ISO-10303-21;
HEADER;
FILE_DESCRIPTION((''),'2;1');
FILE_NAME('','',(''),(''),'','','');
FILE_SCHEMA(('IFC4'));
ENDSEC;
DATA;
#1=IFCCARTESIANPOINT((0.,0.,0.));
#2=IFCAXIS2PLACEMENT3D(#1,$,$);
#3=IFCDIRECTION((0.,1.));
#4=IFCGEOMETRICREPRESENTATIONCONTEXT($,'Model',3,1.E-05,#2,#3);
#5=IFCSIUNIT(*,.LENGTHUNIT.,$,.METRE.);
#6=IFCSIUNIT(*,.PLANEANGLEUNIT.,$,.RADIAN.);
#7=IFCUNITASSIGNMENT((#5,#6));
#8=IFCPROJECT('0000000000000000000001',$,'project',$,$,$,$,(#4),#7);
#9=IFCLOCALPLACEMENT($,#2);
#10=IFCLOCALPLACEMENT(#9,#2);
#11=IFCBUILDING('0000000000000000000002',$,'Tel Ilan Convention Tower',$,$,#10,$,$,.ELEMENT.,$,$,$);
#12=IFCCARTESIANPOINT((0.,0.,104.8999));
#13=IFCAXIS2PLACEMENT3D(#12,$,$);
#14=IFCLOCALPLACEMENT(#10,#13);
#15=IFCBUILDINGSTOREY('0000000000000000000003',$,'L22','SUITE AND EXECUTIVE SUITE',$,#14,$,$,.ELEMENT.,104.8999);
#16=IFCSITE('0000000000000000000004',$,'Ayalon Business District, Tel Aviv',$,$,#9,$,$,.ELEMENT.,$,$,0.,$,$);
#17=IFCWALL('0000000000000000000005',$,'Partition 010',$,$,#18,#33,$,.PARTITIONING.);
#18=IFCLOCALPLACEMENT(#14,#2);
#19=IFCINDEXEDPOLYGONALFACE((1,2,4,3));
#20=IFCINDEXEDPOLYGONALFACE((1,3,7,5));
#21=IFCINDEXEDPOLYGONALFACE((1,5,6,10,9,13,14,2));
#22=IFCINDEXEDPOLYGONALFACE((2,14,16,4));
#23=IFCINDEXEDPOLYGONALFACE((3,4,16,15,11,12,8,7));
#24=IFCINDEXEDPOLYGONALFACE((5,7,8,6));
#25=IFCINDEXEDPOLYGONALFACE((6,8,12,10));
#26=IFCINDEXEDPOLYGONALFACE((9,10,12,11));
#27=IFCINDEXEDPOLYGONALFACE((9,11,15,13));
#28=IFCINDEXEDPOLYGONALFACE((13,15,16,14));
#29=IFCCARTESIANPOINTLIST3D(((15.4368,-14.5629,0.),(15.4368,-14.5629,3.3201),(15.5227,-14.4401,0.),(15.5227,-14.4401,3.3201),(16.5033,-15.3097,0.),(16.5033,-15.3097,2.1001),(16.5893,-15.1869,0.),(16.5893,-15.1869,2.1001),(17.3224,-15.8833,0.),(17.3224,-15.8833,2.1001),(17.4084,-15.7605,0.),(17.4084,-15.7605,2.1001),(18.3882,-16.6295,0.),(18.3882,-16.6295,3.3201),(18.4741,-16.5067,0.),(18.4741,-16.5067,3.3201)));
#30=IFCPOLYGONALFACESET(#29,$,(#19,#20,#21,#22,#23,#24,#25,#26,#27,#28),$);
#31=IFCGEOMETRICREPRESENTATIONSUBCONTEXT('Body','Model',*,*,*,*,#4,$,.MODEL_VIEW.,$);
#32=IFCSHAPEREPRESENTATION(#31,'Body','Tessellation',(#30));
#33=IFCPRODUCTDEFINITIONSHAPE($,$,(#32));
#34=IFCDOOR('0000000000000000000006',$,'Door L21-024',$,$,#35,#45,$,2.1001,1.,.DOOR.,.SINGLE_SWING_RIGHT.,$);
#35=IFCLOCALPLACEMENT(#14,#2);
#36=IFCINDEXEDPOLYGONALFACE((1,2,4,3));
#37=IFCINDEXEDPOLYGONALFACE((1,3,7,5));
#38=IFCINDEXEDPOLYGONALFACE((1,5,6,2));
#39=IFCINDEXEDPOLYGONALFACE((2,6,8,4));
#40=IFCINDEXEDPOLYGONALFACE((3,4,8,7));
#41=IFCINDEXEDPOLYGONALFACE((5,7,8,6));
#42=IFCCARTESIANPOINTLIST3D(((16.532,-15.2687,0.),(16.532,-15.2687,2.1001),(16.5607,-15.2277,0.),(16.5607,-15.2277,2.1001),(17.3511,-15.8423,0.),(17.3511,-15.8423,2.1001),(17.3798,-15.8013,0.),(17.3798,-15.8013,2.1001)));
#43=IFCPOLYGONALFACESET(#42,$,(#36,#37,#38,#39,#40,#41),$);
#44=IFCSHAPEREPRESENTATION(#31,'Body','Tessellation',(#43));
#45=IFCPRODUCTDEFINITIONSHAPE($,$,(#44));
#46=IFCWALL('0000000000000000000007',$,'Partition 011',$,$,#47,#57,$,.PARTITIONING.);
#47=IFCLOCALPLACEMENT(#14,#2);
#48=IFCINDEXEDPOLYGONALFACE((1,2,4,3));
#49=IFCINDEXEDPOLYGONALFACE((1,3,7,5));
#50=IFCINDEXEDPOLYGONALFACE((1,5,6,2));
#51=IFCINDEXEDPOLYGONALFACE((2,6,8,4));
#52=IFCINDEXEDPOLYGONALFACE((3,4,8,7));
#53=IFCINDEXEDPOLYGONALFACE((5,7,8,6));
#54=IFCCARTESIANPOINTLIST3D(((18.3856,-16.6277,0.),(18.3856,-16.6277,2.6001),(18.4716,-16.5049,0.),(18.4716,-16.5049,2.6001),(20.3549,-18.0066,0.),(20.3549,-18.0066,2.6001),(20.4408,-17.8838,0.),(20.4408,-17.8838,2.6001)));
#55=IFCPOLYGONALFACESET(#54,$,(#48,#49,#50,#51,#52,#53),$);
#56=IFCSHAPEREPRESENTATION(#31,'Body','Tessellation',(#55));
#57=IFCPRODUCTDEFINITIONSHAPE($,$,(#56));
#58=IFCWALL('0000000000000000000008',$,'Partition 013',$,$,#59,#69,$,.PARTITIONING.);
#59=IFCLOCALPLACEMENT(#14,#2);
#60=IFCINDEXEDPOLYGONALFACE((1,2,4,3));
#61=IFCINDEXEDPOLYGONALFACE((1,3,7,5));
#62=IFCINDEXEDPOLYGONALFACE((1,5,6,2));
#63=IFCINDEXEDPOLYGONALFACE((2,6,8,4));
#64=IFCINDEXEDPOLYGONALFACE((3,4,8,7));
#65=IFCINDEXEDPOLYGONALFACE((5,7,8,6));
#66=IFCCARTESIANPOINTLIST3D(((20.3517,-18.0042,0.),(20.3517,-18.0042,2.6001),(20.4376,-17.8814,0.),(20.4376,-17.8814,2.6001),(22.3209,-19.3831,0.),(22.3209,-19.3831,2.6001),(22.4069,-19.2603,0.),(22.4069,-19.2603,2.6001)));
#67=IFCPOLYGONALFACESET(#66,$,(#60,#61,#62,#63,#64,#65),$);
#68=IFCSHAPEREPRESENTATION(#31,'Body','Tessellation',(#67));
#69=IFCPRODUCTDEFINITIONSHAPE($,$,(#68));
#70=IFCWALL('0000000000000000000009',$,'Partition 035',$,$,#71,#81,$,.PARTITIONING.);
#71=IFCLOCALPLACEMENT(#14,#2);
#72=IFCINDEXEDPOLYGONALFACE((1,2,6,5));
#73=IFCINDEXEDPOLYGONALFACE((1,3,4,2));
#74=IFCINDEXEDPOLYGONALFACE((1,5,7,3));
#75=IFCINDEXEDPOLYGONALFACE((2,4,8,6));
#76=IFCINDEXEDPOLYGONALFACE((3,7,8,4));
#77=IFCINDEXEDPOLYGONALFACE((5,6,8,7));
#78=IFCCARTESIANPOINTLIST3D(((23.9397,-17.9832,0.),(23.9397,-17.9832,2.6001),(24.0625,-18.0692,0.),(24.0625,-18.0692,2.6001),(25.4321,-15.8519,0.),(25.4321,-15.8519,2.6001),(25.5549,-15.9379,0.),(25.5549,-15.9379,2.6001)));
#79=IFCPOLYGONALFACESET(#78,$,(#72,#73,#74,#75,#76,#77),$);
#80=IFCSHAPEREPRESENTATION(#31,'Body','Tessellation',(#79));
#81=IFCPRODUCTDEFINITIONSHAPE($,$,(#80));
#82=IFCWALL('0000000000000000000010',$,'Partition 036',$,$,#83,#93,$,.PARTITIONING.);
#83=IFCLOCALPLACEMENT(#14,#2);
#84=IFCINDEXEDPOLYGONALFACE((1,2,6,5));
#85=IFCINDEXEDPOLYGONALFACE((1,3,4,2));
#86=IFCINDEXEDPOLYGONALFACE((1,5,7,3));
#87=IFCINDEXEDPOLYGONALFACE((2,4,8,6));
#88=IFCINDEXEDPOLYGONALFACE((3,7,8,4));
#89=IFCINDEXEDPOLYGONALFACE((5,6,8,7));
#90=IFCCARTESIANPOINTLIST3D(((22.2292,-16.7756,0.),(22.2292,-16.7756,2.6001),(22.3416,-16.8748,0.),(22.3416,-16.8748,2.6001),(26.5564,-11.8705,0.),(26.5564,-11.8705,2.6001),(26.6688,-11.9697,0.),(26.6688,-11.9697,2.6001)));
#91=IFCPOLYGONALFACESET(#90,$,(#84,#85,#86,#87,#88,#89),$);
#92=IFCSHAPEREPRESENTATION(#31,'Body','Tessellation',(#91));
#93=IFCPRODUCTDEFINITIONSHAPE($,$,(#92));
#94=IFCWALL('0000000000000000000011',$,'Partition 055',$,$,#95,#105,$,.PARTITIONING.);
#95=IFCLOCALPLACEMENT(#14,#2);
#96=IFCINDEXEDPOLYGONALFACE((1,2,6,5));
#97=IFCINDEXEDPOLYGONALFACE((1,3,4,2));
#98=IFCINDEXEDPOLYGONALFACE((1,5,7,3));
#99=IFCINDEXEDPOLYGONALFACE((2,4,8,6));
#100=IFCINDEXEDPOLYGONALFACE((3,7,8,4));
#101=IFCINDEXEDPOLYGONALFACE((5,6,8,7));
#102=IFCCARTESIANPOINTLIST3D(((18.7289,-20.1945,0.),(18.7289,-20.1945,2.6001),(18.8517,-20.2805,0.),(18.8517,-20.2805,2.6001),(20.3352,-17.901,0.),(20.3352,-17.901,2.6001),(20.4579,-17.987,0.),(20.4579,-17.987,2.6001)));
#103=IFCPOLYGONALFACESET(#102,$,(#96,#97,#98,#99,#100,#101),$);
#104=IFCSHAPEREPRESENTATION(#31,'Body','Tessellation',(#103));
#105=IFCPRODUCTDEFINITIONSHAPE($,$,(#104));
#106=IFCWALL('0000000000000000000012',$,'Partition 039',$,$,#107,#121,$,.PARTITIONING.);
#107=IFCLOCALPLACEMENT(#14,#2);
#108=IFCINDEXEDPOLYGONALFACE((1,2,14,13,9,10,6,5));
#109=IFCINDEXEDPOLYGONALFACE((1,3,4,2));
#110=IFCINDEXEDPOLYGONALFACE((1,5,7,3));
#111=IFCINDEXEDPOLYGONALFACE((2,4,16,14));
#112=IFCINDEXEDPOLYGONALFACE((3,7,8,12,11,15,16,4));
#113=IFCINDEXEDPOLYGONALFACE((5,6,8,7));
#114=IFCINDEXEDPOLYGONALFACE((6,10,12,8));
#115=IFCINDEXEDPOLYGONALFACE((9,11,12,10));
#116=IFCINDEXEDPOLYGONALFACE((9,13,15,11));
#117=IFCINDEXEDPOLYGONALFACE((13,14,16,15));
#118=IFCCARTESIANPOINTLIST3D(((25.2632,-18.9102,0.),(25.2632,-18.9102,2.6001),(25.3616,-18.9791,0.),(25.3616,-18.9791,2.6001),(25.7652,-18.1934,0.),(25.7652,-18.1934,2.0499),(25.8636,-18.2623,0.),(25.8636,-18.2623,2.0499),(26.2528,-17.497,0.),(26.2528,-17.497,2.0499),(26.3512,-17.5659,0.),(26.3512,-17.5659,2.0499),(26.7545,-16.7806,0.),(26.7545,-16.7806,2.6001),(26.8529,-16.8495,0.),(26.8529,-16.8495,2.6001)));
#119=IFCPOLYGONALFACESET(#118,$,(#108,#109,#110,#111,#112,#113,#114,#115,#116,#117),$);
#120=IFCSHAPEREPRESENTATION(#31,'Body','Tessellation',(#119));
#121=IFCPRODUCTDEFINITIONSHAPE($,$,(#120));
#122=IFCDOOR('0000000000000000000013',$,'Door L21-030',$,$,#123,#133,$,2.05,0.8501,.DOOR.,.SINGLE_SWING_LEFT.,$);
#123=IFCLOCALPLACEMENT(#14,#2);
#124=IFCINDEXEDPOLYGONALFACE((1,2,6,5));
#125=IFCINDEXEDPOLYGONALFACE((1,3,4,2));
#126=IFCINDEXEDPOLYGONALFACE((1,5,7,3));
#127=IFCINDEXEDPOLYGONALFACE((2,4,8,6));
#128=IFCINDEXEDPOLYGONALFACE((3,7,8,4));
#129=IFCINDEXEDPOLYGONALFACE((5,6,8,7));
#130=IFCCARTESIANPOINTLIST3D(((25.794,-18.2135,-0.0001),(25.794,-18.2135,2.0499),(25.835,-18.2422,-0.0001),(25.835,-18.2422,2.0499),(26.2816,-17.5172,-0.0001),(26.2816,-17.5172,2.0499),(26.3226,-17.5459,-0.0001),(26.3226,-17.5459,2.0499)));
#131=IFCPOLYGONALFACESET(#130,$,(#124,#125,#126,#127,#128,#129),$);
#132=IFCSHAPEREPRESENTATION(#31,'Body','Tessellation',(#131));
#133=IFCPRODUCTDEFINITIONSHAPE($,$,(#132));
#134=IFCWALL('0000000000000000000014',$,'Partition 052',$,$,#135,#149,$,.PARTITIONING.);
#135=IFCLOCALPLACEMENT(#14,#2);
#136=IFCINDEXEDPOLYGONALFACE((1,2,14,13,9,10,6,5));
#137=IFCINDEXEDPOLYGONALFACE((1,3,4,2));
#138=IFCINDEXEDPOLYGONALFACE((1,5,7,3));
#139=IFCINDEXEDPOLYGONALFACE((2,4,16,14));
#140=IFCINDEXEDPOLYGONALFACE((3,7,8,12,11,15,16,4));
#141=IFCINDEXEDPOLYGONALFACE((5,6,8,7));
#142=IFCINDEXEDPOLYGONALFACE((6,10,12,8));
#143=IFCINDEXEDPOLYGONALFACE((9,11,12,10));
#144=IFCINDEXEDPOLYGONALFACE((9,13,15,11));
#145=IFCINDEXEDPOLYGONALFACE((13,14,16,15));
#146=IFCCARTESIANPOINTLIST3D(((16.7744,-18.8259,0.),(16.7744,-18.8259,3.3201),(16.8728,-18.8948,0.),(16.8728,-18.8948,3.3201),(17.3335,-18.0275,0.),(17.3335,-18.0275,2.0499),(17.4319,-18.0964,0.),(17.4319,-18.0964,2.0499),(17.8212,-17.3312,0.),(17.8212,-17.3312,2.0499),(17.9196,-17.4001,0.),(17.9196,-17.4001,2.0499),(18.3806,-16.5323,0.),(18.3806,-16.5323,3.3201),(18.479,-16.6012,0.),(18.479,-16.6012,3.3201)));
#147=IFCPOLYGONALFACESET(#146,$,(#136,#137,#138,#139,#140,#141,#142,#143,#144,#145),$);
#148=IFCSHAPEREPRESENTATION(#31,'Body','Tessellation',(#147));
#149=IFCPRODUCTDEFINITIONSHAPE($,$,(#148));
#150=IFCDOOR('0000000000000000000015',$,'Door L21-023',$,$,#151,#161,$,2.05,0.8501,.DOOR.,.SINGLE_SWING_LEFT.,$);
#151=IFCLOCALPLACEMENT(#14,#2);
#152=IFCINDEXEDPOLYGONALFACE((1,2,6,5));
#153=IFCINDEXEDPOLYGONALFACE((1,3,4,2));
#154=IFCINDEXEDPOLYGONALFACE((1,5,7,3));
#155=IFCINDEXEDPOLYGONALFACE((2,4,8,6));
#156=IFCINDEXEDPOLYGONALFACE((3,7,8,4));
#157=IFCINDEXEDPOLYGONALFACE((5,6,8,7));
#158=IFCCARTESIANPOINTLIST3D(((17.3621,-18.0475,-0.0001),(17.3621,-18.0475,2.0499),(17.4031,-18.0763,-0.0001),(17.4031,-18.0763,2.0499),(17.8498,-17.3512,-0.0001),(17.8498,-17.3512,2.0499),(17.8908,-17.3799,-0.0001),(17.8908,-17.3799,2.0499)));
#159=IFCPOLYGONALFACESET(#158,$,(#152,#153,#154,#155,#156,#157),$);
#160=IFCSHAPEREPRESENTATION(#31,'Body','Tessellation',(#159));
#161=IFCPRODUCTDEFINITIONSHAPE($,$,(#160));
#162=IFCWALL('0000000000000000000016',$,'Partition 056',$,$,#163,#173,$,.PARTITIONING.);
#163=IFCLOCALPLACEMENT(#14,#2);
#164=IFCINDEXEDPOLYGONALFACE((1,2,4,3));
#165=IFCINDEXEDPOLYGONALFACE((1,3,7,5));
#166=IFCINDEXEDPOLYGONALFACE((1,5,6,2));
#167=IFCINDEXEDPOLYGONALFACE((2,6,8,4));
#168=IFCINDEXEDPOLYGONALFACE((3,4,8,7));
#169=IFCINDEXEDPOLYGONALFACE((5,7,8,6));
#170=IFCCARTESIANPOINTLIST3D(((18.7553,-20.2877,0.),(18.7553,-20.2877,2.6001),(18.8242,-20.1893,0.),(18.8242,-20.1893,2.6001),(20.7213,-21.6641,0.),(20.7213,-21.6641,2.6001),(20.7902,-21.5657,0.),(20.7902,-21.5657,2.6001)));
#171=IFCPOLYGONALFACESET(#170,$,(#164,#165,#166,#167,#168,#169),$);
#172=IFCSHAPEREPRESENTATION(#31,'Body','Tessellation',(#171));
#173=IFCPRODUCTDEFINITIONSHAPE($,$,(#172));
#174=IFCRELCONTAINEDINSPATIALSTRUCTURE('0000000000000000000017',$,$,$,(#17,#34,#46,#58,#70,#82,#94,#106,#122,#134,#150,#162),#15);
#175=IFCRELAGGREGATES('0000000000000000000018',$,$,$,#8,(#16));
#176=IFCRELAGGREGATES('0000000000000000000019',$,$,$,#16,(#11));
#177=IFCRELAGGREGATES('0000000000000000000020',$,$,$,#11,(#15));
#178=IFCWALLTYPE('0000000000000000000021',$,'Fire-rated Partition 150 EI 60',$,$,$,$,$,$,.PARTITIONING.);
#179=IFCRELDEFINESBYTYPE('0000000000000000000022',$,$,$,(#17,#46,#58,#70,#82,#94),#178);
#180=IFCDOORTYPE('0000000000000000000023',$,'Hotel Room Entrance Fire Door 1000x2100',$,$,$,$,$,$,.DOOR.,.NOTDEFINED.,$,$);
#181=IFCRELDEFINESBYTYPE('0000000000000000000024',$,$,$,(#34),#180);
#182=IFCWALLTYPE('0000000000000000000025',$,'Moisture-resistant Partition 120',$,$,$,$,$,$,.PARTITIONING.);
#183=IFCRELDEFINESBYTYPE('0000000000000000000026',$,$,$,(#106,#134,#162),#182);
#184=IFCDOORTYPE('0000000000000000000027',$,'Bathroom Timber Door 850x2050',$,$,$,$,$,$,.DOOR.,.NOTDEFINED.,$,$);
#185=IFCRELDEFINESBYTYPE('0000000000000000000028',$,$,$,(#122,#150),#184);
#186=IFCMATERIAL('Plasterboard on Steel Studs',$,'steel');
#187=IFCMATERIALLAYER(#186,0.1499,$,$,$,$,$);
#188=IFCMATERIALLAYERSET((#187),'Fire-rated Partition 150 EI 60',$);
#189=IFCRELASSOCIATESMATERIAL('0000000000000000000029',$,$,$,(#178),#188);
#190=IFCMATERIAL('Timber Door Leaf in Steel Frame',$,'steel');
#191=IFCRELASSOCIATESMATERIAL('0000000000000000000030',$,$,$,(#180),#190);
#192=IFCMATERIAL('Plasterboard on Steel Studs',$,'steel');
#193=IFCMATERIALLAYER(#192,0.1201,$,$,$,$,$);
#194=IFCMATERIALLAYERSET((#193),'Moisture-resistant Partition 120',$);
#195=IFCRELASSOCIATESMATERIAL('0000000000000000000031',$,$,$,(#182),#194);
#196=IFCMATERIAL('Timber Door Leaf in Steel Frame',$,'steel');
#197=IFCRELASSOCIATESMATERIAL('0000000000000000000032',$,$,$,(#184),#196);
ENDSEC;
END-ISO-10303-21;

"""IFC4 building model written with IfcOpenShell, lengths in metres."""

from ifc_helpers import new_model, si_unit, direction, frame, frame_2d, origin, place, context, subcontext, project, spatial, rectangle, extrude, material, layer, layer_set, type_object, element, fill, save


model = new_model("IFC4")

# Units and contexts
model_context = context("Model", 3, precision=1e-05, world=origin(), true_north=direction((0.0, 1.0)))
body_context = subcontext(model_context, "Body", "Model", "MODEL_VIEW")
ifc_project = project(units=[si_unit("LENGTHUNIT", "METRE"), si_unit("PLANEANGLEUNIT", "RADIAN")], contexts=[model_context])

# Site, building, storey
site_placement = place(None, origin())
site = spatial("IfcSite", under=ifc_project, at=site_placement, Name="Ayalon Business District, Tel Aviv", CompositionType="ELEMENT", RefElevation=0.0)
building_placement = place(site_placement, origin())
building = spatial("IfcBuilding", under=site, at=building_placement, Name="Tel Ilan Convention Tower", CompositionType="ELEMENT")
storey_placement = place(building_placement, frame((0.0, 0.0, 104.8999)))
storey = spatial("IfcBuildingStorey", under=building, at=storey_placement, Name="L22", Description="SUITE AND EXECUTIVE SUITE", CompositionType="ELEMENT", Elevation=104.8999)

# Shared definitions
ifc_material_1 = material(Name="Plasterboard on Steel Studs", Category="steel")
ifc_layer_1 = layer(ifc_material_1, 0.1499)
ifc_layer_set_1 = layer_set([ifc_layer_1], Name="Fire-rated Partition 150 EI 60")
wall_type_1 = type_object("IfcWallType", Name="Fire-rated Partition 150 EI 60", PredefinedType="PARTITIONING", material=ifc_layer_set_1)
ifc_material_2 = material(Name="Timber Door Leaf in Steel Frame", Category="steel")
door_type_1 = type_object("IfcDoorType", Name="Hotel Room Entrance Fire Door 1000x2100", OperationType="NOTDEFINED", PredefinedType="DOOR", material=ifc_material_2)

# Wall, opening, door
wall_1_placement = place(storey_placement, frame((18.4312, -16.5681, 0.0), z_axis=(0.0, 0.0, 1.0), x_axis=(-0.819146, 0.573585, 0.0)))
wall_1 = element("IfcWall", 1, at=wall_1_placement, inside=storey, type_object=wall_type_1, Name="Partition 010", PredefinedType="PARTITIONING", context=body_context, shape_type="SweptSolid", body=[
    extrude(rectangle(XDim=3.603, YDim=0.1499, at=frame_2d((1.8015, 0.0))), origin(), (0.0, 0.0, 1.0), 3.3201),
])
opening_1_placement = place(wall_1_placement, frame((1.301, 0.0, 0.0)))
opening_1 = element("IfcOpeningElement", 2, at=opening_1_placement, cuts=wall_1, PredefinedType="OPENING", context=body_context, shape_type="SweptSolid", body=[
    extrude(rectangle(XDim=1.0, YDim=2.1001, at=frame_2d((0.5, 1.05))), frame((0.0, 0.085, 0.0), z_axis=(0.0, -1.0, 0.0), x_axis=(1.0, 0.0, 0.0)), (0.0, 0.0, 1.0), 0.1699),
])
door_1_placement = place(opening_1_placement, origin())
door_1 = element("IfcDoor", 3, at=door_1_placement, inside=storey, type_object=door_type_1, Name="Door L21-024", OperationType="SINGLE_SWING_RIGHT", OverallHeight=2.1001, OverallWidth=1.0, PredefinedType="DOOR", context=body_context, shape_type="SweptSolid", body=[
    extrude(rectangle(XDim=1.0, YDim=2.1001, at=frame_2d((0.5, 1.05))), frame((0.0, 0.0249, 0.0), z_axis=(0.0, -1.0, 0.0), x_axis=(1.0, 0.0, 0.0)), (0.0, 0.0, 1.0), 0.05),
])
fill(opening_1, door_1)

# Walls
for number, where, z_axis, x_axis, name in (
    (4, (20.3979, -17.9453, 0.0), (0.0, 0.0, 1.0), (-0.819146, 0.573585, 0.0), "Partition 011"),
    (5, (22.364, -19.3218, 0.0), (0.0, 0.0, 1.0), (-0.819146, 0.573585, 0.0), "Partition 013"),
):
    element("IfcWall", number, at=place(storey_placement, frame(where, z_axis=z_axis, x_axis=x_axis)), inside=storey, type_object=wall_type_1, Name=name, PredefinedType="PARTITIONING", context=body_context, shape_type="SweptSolid", body=[
        extrude(rectangle(XDim=2.4041, YDim=0.1499, at=frame_2d((1.2021, 0.0))), origin(), (0.0, 0.0, 1.0), 2.6001),
    ])
wall_2_placement = place(storey_placement, frame((25.4934, -15.895, 0.0), z_axis=(0.0, 0.0, 1.0), x_axis=(-0.573588, -0.819144, 0.0)))
element("IfcWall", 6, at=wall_2_placement, inside=storey, type_object=wall_type_1, Name="Partition 035", PredefinedType="PARTITIONING", context=body_context, shape_type="SweptSolid", body=[
    extrude(rectangle(XDim=2.6018, YDim=0.1499, at=frame_2d((1.3008, 0.0))), origin(), (0.0, 0.0, 1.0), 2.6001),
])
wall_3_placement = place(storey_placement, frame((22.2854, -16.8252, 0.0), z_axis=(0.0, 0.0, 1.0), x_axis=(0.661551, 0.7499, 0.0)))
element("IfcWall", 7, at=wall_3_placement, inside=storey, type_object=wall_type_1, Name="Partition 036", PredefinedType="PARTITIONING", context=body_context, shape_type="SweptSolid", body=[
    extrude(rectangle(XDim=6.541, YDim=0.1499, at=frame_2d((3.2705, 0.0))), origin(), (0.0, 0.0, 1.0), 2.6001),
])
wall_4_placement = place(storey_placement, frame((20.3965, -17.9441, 0.0), z_axis=(0.0, 0.0, 1.0), x_axis=(-0.57365, -0.819101, 0.0)))
element("IfcWall", 8, at=wall_4_placement, inside=storey, type_object=wall_type_1, Name="Partition 055", PredefinedType="PARTITIONING", context=body_context, shape_type="SweptSolid", body=[
    extrude(rectangle(XDim=2.8, YDim=0.1499, at=frame_2d((1.3999, 0.0))), origin(), (0.0, 0.0, 1.0), 2.6001),
])

# Walls, openings, doors
ifc_material_3 = material(Name="Plasterboard on Steel Studs", Category="steel")
ifc_layer_2 = layer(ifc_material_3, 0.1201)
ifc_layer_set_2 = layer_set([ifc_layer_2], Name="Moisture-resistant Partition 120")
wall_type_2 = type_object("IfcWallType", Name="Moisture-resistant Partition 120", PredefinedType="PARTITIONING", material=ifc_layer_set_2)
wall_5_placement = place(storey_placement, frame((25.3125, -18.9446, 0.0), z_axis=(0.0, 0.0, 1.0), x_axis=(0.573582, 0.819148, 0.0)))
wall_5 = element("IfcWall", 9, at=wall_5_placement, inside=storey, type_object=wall_type_2, Name="Partition 039", PredefinedType="PARTITIONING", context=body_context, shape_type="SweptSolid", body=[
    extrude(rectangle(XDim=2.5999, YDim=0.1201, at=frame_2d((1.2998, 0.0))), origin(), (0.0, 0.0, 1.0), 2.6001),
])
opening_2_placement = place(wall_5_placement, frame((0.875, 0.0, 0.0)))
opening_2 = element("IfcOpeningElement", 10, at=opening_2_placement, cuts=wall_5, PredefinedType="OPENING", context=body_context, shape_type="SweptSolid", body=[
    extrude(rectangle(XDim=0.8501, YDim=2.05, at=frame_2d((0.425, 1.0249))), frame((0.0, 0.0701, 0.0), z_axis=(0.0, -1.0, 0.0), x_axis=(1.0, 0.0, 0.0)), (0.0, 0.0, 1.0), 0.1401),
])
ifc_material_4 = material(Name="Timber Door Leaf in Steel Frame", Category="steel")
door_type_2 = type_object("IfcDoorType", Name="Bathroom Timber Door 850x2050", OperationType="NOTDEFINED", PredefinedType="DOOR", material=ifc_material_4)
door_2_placement = place(opening_2_placement, origin())
door_2 = element("IfcDoor", 11, at=door_2_placement, inside=storey, type_object=door_type_2, Name="Door L21-030", OperationType="SINGLE_SWING_LEFT", OverallHeight=2.05, OverallWidth=0.8501, PredefinedType="DOOR", context=body_context, shape_type="SweptSolid", body=[
    extrude(rectangle(XDim=0.8501, YDim=2.05, at=frame_2d((0.425, 1.0249))), frame((0.0, 0.0249, 0.0), z_axis=(0.0, -1.0, 0.0), x_axis=(1.0, 0.0, 0.0)), (0.0, 0.0, 1.0), 0.05),
])
fill(opening_2, door_2)
wall_6_placement = place(storey_placement, frame((18.4297, -16.5669, 0.0), z_axis=(0.0, 0.0, 1.0), x_axis=(-0.573609, -0.81913, 0.0)))
wall_6 = element("IfcWall", 12, at=wall_6_placement, inside=storey, type_object=wall_type_2, Name="Partition 052", PredefinedType="PARTITIONING", context=body_context, shape_type="SweptSolid", body=[
    extrude(rectangle(XDim=2.8, YDim=0.1201, at=frame_2d((1.3999, 0.0))), origin(), (0.0, 0.0, 1.0), 3.3201),
])
opening_3_placement = place(wall_6_placement, frame((0.9751, 0.0, 0.0)))
opening_3 = element("IfcOpeningElement", 13, at=opening_3_placement, cuts=wall_6, PredefinedType="OPENING", context=body_context, shape_type="SweptSolid", body=[
    extrude(rectangle(XDim=0.8501, YDim=2.05, at=frame_2d((0.425, 1.0249))), frame((0.0, 0.0701, 0.0), z_axis=(0.0, -1.0, 0.0), x_axis=(1.0, 0.0, 0.0)), (0.0, 0.0, 1.0), 0.1401),
])
door_3_placement = place(opening_3_placement, origin())
door_3 = element("IfcDoor", 14, at=door_3_placement, inside=storey, type_object=door_type_2, Name="Door L21-023", OperationType="SINGLE_SWING_LEFT", OverallHeight=2.05, OverallWidth=0.8501, PredefinedType="DOOR", context=body_context, shape_type="SweptSolid", body=[
    extrude(rectangle(XDim=0.8501, YDim=2.05, at=frame_2d((0.425, 1.0249))), frame((0.0, 0.0249, 0.0), z_axis=(0.0, -1.0, 0.0), x_axis=(1.0, 0.0, 0.0)), (0.0, 0.0, 1.0), 0.05),
])
fill(opening_3, door_3)

# Wall
wall_7_placement = place(storey_placement, frame((18.7898, -20.2385, 0.0), z_axis=(0.0, 0.0, 1.0), x_axis=(0.819189, -0.573524, 0.0)))
element("IfcWall", 15, at=wall_7_placement, inside=storey, type_object=wall_type_2, Name="Partition 056", PredefinedType="PARTITIONING", context=body_context, shape_type="SweptSolid", body=[
    extrude(rectangle(XDim=2.3999, YDim=0.1201, at=frame_2d((1.2, 0.0))), origin(), (0.0, 0.0, 1.0), 2.6001),
])

save(model, "model.ifc")
